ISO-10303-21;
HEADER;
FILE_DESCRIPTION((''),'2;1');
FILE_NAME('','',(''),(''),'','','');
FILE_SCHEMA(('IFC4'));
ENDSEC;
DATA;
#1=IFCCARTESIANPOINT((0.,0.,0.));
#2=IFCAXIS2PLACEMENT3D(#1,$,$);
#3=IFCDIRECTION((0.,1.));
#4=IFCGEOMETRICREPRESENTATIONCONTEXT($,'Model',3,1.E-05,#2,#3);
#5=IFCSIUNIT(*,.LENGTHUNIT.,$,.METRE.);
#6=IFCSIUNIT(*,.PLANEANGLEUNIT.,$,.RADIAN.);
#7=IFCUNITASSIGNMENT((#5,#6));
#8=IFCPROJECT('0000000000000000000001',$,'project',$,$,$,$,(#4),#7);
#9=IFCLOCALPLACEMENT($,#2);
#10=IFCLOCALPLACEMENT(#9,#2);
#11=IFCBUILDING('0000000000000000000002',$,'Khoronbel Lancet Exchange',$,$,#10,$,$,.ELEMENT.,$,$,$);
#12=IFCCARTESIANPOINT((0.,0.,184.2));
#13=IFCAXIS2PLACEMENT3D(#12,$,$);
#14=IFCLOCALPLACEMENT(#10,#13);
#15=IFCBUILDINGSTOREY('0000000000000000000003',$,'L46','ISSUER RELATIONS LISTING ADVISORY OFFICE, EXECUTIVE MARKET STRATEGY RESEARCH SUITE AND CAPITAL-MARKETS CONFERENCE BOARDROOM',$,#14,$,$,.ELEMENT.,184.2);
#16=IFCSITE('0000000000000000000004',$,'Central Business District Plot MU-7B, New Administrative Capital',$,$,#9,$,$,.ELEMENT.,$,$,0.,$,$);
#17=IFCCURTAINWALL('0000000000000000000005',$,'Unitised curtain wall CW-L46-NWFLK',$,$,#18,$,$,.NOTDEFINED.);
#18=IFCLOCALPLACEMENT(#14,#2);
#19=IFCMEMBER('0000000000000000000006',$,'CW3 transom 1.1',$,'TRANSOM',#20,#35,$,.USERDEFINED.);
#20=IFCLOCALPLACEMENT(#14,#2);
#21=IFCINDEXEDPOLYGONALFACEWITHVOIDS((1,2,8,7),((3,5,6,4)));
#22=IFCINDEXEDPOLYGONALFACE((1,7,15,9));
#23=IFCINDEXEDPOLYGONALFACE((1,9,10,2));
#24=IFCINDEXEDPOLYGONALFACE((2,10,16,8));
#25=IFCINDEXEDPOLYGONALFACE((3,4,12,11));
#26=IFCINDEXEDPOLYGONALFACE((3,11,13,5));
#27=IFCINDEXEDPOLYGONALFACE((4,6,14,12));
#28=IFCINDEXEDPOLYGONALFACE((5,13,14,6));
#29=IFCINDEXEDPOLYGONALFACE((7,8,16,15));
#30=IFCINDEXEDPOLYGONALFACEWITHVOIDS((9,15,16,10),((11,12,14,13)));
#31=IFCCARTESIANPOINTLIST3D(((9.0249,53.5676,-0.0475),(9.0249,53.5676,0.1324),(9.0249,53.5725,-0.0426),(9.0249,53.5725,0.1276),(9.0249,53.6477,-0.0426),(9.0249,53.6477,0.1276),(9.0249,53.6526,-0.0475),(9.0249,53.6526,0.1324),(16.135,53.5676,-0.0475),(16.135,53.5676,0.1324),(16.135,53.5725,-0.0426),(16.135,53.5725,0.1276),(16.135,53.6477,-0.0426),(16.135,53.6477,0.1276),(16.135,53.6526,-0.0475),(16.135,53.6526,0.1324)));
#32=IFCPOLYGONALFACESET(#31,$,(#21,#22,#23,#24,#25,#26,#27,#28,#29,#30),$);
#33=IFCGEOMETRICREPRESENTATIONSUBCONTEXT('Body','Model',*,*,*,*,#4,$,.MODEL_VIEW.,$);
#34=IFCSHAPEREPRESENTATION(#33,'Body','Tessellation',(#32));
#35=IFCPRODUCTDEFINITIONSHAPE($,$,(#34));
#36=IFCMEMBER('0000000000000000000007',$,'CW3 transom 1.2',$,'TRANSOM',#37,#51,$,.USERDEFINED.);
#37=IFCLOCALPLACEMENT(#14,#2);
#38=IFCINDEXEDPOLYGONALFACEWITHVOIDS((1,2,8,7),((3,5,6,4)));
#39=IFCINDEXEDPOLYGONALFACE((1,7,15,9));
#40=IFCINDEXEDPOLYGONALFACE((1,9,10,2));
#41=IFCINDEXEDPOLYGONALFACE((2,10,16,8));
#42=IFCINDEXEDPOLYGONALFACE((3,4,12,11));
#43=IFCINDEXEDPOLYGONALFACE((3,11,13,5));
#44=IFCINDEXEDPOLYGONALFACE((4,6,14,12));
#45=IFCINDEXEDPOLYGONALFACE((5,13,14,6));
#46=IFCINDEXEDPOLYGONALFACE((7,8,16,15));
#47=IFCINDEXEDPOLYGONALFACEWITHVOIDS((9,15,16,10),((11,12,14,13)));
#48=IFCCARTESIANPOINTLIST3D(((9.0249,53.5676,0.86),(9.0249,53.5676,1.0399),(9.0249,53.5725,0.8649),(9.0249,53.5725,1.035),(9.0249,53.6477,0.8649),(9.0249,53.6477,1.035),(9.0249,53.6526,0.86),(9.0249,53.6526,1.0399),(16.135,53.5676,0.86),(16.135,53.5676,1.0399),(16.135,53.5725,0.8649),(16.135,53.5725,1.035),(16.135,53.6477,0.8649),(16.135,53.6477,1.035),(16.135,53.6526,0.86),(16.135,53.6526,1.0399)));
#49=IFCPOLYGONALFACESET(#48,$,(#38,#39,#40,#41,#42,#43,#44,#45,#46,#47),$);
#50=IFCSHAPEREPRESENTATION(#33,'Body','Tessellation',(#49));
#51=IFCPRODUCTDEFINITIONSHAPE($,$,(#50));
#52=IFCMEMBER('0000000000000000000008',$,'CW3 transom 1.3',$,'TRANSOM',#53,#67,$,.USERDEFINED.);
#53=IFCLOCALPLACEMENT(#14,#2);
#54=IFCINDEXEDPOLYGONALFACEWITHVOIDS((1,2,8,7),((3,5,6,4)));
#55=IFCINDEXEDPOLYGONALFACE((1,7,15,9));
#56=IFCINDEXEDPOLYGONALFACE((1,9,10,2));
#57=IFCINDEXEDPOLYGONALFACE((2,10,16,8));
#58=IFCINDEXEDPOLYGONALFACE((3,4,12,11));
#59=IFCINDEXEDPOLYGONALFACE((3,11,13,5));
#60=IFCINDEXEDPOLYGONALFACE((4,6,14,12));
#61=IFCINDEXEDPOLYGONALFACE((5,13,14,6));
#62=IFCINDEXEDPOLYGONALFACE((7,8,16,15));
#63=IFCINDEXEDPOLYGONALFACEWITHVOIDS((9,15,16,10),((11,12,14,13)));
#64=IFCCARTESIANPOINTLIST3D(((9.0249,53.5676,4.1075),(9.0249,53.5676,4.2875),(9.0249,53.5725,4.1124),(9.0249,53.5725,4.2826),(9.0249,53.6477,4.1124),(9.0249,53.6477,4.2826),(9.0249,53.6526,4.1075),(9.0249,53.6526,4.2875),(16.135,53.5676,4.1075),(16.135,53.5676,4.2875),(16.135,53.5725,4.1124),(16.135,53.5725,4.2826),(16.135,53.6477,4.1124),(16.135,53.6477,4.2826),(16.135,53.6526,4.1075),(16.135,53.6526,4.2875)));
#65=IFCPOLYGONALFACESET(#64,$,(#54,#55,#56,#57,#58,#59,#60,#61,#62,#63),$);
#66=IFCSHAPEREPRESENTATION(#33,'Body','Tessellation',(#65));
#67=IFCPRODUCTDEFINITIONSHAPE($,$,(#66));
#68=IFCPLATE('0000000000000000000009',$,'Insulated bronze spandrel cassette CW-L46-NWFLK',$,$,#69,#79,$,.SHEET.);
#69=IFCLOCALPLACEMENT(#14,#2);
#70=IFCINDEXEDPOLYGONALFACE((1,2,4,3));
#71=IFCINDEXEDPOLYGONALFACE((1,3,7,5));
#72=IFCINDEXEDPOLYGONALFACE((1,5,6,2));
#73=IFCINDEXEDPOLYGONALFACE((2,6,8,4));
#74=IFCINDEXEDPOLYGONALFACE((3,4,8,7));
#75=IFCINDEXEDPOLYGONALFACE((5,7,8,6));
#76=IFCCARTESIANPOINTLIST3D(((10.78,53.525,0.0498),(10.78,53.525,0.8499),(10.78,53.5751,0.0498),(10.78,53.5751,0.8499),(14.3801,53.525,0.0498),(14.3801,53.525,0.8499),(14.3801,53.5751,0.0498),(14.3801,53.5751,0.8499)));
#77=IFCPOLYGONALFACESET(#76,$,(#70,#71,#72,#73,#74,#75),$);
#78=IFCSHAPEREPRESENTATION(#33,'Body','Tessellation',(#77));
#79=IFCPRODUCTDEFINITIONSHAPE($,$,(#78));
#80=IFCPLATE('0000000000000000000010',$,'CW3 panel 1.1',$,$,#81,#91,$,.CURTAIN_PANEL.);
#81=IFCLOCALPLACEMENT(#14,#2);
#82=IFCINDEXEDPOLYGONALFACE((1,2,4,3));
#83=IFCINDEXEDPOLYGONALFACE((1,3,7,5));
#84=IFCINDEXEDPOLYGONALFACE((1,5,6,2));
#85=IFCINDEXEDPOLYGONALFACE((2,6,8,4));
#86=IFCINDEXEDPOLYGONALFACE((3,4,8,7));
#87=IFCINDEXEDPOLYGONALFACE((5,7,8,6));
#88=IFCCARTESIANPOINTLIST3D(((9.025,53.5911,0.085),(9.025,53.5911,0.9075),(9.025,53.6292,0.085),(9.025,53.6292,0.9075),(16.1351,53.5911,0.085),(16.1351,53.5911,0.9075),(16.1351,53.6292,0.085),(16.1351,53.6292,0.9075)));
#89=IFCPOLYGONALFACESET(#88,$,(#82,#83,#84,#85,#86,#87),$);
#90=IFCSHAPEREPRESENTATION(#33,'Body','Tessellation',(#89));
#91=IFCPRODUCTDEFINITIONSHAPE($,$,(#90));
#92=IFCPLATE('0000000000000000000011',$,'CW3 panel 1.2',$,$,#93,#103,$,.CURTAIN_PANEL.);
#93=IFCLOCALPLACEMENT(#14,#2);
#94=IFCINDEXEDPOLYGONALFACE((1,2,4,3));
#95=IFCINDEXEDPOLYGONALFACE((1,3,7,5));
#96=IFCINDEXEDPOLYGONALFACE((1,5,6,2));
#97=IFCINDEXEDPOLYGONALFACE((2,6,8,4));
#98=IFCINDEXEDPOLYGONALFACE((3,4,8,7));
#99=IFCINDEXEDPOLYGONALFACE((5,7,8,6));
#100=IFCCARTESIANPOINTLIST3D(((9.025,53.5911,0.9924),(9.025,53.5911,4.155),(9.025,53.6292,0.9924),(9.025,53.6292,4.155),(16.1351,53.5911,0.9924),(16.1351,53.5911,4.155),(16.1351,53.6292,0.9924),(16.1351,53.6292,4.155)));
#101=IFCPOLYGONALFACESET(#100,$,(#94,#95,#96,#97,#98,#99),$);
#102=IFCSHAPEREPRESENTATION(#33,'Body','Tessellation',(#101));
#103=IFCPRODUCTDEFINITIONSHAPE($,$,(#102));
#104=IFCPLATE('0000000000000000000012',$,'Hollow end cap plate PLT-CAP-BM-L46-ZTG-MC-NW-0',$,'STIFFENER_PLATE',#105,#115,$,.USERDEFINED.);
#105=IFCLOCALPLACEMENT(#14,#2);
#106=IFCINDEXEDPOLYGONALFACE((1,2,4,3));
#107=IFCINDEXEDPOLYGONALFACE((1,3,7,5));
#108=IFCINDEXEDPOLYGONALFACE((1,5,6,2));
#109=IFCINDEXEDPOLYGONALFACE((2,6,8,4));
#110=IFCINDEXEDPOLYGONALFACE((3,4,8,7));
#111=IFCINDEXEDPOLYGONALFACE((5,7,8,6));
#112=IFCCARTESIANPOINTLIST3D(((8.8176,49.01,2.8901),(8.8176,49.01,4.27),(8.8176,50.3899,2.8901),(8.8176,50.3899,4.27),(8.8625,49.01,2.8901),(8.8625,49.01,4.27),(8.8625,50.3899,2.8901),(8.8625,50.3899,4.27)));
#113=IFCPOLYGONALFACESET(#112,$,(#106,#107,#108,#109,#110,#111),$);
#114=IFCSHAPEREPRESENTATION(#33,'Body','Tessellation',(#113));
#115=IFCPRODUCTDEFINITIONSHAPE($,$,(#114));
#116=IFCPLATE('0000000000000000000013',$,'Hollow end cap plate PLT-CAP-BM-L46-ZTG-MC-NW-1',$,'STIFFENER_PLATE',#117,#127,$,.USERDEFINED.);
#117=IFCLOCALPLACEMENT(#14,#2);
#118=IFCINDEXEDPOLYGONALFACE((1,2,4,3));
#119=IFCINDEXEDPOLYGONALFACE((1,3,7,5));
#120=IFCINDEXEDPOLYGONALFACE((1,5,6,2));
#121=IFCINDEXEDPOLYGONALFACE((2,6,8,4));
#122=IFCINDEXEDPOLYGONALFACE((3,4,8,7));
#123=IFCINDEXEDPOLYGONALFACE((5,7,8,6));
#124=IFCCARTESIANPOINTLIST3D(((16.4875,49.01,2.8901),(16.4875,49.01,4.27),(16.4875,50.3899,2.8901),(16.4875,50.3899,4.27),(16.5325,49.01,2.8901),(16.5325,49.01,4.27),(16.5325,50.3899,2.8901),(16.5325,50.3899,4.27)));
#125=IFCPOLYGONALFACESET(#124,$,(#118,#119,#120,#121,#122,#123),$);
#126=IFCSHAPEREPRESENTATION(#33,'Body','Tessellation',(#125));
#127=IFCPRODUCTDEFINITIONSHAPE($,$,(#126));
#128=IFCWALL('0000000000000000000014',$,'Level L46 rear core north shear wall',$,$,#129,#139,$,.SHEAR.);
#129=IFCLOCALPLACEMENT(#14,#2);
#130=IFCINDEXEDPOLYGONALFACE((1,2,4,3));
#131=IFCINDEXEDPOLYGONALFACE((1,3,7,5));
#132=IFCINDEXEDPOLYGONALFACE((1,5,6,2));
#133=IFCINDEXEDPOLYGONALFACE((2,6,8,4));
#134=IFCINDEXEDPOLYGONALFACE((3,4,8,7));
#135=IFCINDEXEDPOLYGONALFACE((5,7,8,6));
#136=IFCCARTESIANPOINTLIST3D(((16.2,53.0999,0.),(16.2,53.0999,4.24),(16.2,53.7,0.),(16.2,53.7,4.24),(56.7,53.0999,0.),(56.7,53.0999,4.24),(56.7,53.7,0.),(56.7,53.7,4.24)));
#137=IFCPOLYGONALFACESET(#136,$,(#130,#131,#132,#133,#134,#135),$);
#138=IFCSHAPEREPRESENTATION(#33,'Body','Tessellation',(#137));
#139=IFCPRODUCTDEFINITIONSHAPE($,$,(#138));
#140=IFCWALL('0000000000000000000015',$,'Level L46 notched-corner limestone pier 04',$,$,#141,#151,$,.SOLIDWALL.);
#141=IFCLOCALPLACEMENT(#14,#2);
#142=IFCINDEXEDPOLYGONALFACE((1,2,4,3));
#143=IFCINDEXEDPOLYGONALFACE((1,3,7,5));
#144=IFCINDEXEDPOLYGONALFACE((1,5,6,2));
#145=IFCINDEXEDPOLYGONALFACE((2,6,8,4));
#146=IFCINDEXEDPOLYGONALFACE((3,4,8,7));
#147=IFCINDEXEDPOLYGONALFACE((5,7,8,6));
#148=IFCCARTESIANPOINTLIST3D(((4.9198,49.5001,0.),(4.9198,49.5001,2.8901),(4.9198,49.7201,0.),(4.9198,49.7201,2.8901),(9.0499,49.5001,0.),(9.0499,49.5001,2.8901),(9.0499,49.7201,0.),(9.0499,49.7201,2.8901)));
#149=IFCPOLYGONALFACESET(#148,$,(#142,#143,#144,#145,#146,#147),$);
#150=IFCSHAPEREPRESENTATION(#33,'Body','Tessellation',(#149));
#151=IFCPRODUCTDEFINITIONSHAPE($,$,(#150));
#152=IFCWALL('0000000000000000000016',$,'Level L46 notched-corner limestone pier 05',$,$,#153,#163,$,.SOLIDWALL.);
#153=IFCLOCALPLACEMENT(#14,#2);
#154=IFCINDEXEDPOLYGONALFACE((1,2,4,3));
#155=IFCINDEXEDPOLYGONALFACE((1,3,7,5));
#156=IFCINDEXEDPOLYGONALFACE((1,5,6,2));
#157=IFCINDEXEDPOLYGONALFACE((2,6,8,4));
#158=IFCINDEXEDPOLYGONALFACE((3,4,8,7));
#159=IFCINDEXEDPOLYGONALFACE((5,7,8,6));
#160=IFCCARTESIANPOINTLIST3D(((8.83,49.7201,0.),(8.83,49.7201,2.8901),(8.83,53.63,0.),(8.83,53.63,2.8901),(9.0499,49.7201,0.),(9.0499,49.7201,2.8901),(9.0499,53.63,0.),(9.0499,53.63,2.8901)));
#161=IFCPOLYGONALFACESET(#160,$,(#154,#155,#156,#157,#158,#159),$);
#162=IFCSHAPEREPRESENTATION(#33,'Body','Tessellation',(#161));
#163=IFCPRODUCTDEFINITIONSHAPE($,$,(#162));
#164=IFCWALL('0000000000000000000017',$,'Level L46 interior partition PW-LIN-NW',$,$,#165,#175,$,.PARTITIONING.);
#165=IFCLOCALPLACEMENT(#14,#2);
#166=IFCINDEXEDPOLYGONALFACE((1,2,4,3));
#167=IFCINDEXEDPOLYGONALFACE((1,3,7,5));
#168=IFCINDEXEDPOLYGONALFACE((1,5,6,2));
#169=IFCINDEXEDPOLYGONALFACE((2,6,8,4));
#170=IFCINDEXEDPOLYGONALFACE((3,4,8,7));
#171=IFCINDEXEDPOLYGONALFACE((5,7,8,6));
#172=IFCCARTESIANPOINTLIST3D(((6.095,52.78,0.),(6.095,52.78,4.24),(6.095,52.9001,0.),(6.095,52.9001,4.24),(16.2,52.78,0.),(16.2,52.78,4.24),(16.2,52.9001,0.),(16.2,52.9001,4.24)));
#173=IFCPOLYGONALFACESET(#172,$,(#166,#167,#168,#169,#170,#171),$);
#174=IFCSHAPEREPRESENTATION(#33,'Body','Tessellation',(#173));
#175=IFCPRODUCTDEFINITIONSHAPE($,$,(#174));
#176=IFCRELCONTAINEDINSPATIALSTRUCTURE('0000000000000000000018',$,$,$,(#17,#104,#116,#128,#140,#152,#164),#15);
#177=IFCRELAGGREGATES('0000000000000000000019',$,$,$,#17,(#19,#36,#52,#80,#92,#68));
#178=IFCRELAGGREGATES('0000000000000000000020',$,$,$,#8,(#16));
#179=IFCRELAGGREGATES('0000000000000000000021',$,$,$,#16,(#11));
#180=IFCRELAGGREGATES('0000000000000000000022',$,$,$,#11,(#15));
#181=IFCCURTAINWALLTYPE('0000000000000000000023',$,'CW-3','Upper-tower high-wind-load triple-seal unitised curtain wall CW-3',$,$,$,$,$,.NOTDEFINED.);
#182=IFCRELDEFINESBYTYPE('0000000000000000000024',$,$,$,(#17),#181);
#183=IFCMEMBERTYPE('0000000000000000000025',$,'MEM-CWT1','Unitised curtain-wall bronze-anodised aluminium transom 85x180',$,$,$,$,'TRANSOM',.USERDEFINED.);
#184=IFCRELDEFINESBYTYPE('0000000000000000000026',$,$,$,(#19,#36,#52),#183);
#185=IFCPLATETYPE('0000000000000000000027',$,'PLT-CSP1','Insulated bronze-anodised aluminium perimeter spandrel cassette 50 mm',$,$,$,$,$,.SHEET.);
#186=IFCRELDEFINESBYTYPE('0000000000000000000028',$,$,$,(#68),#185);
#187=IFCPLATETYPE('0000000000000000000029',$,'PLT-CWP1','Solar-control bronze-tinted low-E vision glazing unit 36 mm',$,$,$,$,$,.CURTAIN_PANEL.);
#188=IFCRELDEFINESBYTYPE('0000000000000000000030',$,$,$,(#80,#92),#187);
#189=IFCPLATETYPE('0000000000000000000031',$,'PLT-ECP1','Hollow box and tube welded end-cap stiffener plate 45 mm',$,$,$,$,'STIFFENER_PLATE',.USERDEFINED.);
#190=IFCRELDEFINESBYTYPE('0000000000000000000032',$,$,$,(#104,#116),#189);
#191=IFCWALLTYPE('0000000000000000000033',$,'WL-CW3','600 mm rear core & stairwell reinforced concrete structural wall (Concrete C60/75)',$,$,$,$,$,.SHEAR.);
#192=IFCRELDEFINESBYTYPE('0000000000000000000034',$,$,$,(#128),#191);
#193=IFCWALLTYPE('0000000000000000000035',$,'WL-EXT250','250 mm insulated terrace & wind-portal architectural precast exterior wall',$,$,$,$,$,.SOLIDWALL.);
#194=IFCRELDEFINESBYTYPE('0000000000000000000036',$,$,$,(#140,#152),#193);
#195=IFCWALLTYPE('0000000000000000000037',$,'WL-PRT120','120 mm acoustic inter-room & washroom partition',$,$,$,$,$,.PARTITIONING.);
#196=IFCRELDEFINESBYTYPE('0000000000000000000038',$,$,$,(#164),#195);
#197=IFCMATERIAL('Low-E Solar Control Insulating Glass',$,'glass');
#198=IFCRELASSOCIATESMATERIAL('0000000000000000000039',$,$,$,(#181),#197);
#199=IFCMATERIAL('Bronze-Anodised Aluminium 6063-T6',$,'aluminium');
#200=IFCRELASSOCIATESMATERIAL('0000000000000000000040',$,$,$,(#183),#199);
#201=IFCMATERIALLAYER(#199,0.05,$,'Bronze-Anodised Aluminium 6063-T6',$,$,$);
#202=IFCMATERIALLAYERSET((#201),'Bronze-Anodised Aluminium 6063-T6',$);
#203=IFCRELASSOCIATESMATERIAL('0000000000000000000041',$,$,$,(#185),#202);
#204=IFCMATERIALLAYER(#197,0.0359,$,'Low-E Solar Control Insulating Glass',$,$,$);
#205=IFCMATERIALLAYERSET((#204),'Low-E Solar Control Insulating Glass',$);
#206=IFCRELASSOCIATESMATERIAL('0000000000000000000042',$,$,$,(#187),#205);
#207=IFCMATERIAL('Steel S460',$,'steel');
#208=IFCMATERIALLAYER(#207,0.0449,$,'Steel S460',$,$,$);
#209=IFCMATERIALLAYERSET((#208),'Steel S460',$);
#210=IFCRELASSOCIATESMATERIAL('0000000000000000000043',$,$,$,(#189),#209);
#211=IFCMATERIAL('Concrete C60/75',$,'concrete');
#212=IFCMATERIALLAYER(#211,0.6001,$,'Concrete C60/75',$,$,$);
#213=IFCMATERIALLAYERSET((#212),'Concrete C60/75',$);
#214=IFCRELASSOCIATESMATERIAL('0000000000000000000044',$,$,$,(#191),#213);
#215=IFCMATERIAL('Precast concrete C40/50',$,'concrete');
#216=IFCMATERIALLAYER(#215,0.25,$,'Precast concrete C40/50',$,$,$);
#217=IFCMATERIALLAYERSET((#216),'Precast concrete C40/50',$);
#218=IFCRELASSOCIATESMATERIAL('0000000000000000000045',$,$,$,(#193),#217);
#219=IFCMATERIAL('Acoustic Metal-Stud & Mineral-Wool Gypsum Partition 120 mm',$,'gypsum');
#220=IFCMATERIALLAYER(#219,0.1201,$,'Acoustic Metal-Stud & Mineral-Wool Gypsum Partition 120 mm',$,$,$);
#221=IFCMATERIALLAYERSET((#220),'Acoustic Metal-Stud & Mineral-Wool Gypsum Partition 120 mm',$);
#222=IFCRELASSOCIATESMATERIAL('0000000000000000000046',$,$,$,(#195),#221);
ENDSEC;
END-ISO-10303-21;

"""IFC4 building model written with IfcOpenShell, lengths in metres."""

from ifc_helpers import new_model, si_unit, direction, frame, frame_2d, origin, origin_2d, place, context, subcontext, project, spatial, rectangle, hollow_rectangle, extrude, material, layer, layer_set, material_profile, profile_set, type_object, element, aggregate, save


model = new_model("IFC4")

# Units and contexts
model_context = context("Model", 3, precision=1e-05, world=origin(), true_north=direction((0.0, 1.0)))
body_context = subcontext(model_context, "Body", "Model", "MODEL_VIEW")
ifc_project = project(units=[si_unit("LENGTHUNIT", "METRE"), si_unit("PLANEANGLEUNIT", "RADIAN")], contexts=[model_context])

# Site, building, storey
site_placement = place(None, origin())
site = spatial("IfcSite", under=ifc_project, at=site_placement, Name="Central Business District Plot MU-7B, New Administrative Capital", CompositionType="ELEMENT", RefElevation=0.0)
building_placement = place(site_placement, origin())
building = spatial("IfcBuilding", under=site, at=building_placement, Name="Khoronbel Lancet Exchange", CompositionType="ELEMENT")
storey_placement = place(building_placement, frame((0.0, 0.0, 184.2)))
storey = spatial("IfcBuildingStorey", under=building, at=storey_placement, Name="L46", Description="ISSUER RELATIONS LISTING ADVISORY OFFICE, EXECUTIVE MARKET STRATEGY RESEARCH SUITE AND CAPITAL-MARKETS CONFERENCE BOARDROOM", CompositionType="ELEMENT", Elevation=184.2)

# Shared definitions
ifc_material_1 = material(Name="Steel S460", Category="steel")

# Curtain wall, members, plates
ifc_material_2 = material(Name="Low-E Solar Control Insulating Glass", Category="glass")
curtain_wall_type = type_object("IfcCurtainWallType", Name="CW-3", Description="Upper-tower high-wind-load triple-seal unitised curtain wall CW-3", PredefinedType="NOTDEFINED", material=ifc_material_2)
curtain_wall_placement = place(storey_placement, origin())
curtain_wall = element("IfcCurtainWall", 1, at=curtain_wall_placement, inside=storey, type_object=curtain_wall_type, Name="Unitised curtain wall CW-L46-NWFLK", PredefinedType="NOTDEFINED")
ifc_material_3 = material(Name="Bronze-Anodised Aluminium 6063-T6", Category="aluminium")
ifc_material_profile_1 = material_profile(ifc_material_3, hollow_rectangle(XDim=0.085, YDim=0.1799, WallThickness=0.0049, at=origin_2d()), Name="ALU TRANSOM 85x180")
ifc_profile_set_1 = profile_set([ifc_material_profile_1], Name="Bronze-Anodised Aluminium 6063-T6")
member_type_1 = type_object("IfcMemberType", Name="MEM-CWT1", Description="Unitised curtain-wall bronze-anodised aluminium transom 85x180", ElementType="TRANSOM", PredefinedType="USERDEFINED", material=ifc_profile_set_1)
member_1_placement = place(storey_placement, frame((16.135, 53.6101, 0.0425), z_axis=(-1.0, 0.0, 0.0), x_axis=(0.0, -1.0, 0.0)))
member_1 = element("IfcMember", 2, at=member_1_placement, type_object=member_type_1, Name="CW3 transom 1.1", ObjectType="TRANSOM", PredefinedType="USERDEFINED", context=body_context, shape_type="SweptSolid", body=[
    extrude(hollow_rectangle(XDim=0.085, YDim=0.1799, WallThickness=0.0049, at=origin_2d()), origin(), (0.0, 0.0, 1.0), 7.1101),
])
member_2_placement = place(storey_placement, frame((16.135, 53.6101, 0.95), z_axis=(-1.0, 0.0, 0.0), x_axis=(0.0, -1.0, 0.0)))
member_2 = element("IfcMember", 3, at=member_2_placement, type_object=member_type_1, Name="CW3 transom 1.2", ObjectType="TRANSOM", PredefinedType="USERDEFINED", context=body_context, shape_type="SweptSolid", body=[
    extrude(hollow_rectangle(XDim=0.085, YDim=0.1799, WallThickness=0.0049, at=origin_2d()), origin(), (0.0, 0.0, 1.0), 7.1101),
])
member_3_placement = place(storey_placement, frame((16.135, 53.6101, 4.1975), z_axis=(-1.0, 0.0, 0.0), x_axis=(0.0, -1.0, 0.0)))
member_3 = element("IfcMember", 4, at=member_3_placement, type_object=member_type_1, Name="CW3 transom 1.3", ObjectType="TRANSOM", PredefinedType="USERDEFINED", context=body_context, shape_type="SweptSolid", body=[
    extrude(hollow_rectangle(XDim=0.085, YDim=0.1799, WallThickness=0.0049, at=origin_2d()), origin(), (0.0, 0.0, 1.0), 7.1101),
])
ifc_layer_1 = layer(ifc_material_3, 0.05, Name="Bronze-Anodised Aluminium 6063-T6")
ifc_layer_set_1 = layer_set([ifc_layer_1], Name="Bronze-Anodised Aluminium 6063-T6")
plate_type_1 = type_object("IfcPlateType", Name="PLT-CSP1", Description="Insulated bronze-anodised aluminium perimeter spandrel cassette 50 mm", PredefinedType="SHEET", material=ifc_layer_set_1)
plate_1_placement = place(storey_placement, frame((12.5801, 53.55, 0.0498), z_axis=(0.0, 0.0, 1.0), x_axis=(-1.0, 0.0, 0.0)))
plate_1 = element("IfcPlate", 5, at=plate_1_placement, type_object=plate_type_1, Name="Insulated bronze spandrel cassette CW-L46-NWFLK", PredefinedType="SHEET", context=body_context, shape_type="SweptSolid", body=[
    extrude(rectangle(XDim=3.6001, YDim=0.05, at=origin_2d()), origin(), (0.0, 0.0, 1.0), 0.8),
])
ifc_layer_2 = layer(ifc_material_2, 0.0359, Name="Low-E Solar Control Insulating Glass")
ifc_layer_set_2 = layer_set([ifc_layer_2], Name="Low-E Solar Control Insulating Glass")
plate_type_2 = type_object("IfcPlateType", Name="PLT-CWP1", Description="Solar-control bronze-tinted low-E vision glazing unit 36 mm", PredefinedType="CURTAIN_PANEL", material=ifc_layer_set_2)
plate_2_placement = place(storey_placement, frame((12.5801, 53.6101, 0.085), z_axis=(0.0, 0.0, 1.0), x_axis=(-1.0, 0.0, 0.0)))
plate_2 = element("IfcPlate", 6, at=plate_2_placement, type_object=plate_type_2, Name="CW3 panel 1.1", PredefinedType="CURTAIN_PANEL", context=body_context, shape_type="SweptSolid", body=[
    extrude(rectangle(XDim=7.1101, YDim=0.0381, at=origin_2d()), origin(), (0.0, 0.0, 1.0), 0.8225),
])
plate_3_placement = place(storey_placement, frame((12.5801, 53.6101, 0.9924), z_axis=(0.0, 0.0, 1.0), x_axis=(-1.0, 0.0, 0.0)))
plate_3 = element("IfcPlate", 7, at=plate_3_placement, type_object=plate_type_2, Name="CW3 panel 1.2", PredefinedType="CURTAIN_PANEL", context=body_context, shape_type="SweptSolid", body=[
    extrude(rectangle(XDim=7.1101, YDim=0.0381, at=origin_2d()), origin(), (0.0, 0.0, 1.0), 3.1626),
])
aggregate(curtain_wall, [member_1, member_2, member_3, plate_2, plate_3, plate_1])

# Plates
ifc_layer_3 = layer(ifc_material_1, 0.0449, Name="Steel S460")
ifc_layer_set_3 = layer_set([ifc_layer_3], Name="Steel S460")
plate_type_3 = type_object("IfcPlateType", Name="PLT-ECP1", Description="Hollow box and tube welded end-cap stiffener plate 45 mm", ElementType="STIFFENER_PLATE", PredefinedType="USERDEFINED", material=ifc_layer_set_3)
for number, where, z_axis, x_axis, name in (
    (8, (8.8401, 49.7, 2.8901), (0.0, 0.0, 1.0), (-1.0, 0.0, 0.0), "Hollow end cap plate PLT-CAP-BM-L46-ZTG-MC-NW-0"),
    (9, (16.51, 49.7, 2.8901), (0.0, 0.0, 1.0), (1.0, 0.0, 0.0), "Hollow end cap plate PLT-CAP-BM-L46-ZTG-MC-NW-1"),
):
    element("IfcPlate", number, at=place(storey_placement, frame(where, z_axis=z_axis, x_axis=x_axis)), inside=storey, type_object=plate_type_3, Name=name, ObjectType="STIFFENER_PLATE", PredefinedType="USERDEFINED", context=body_context, shape_type="SweptSolid", body=[
        extrude(rectangle(XDim=0.0449, YDim=1.3799, at=origin_2d()), origin(), (0.0, 0.0, 1.0), 1.3799),
    ])

# Walls
ifc_material_4 = material(Name="Concrete C60/75", Category="concrete")
ifc_layer_4 = layer(ifc_material_4, 0.6001, Name="Concrete C60/75")
ifc_layer_set_4 = layer_set([ifc_layer_4], Name="Concrete C60/75")
wall_type_1 = type_object("IfcWallType", Name="WL-CW3", Description="600 mm rear core & stairwell reinforced concrete structural wall (Concrete C60/75)", PredefinedType="SHEAR", material=ifc_layer_set_4)
wall_1_placement = place(storey_placement, frame((16.2, 53.3999, 0.0), z_axis=(0.0, 0.0, 1.0), x_axis=(1.0, 0.0, 0.0)))
element("IfcWall", 10, at=wall_1_placement, inside=storey, type_object=wall_type_1, Name="Level L46 rear core north shear wall", PredefinedType="SHEAR", context=body_context, shape_type="SweptSolid", body=[
    extrude(rectangle(XDim=40.5, YDim=0.6001, at=frame_2d((20.25, 0.0))), origin(), (0.0, 0.0, 1.0), 4.24),
])
ifc_material_5 = material(Name="Precast concrete C40/50", Category="concrete")
ifc_layer_5 = layer(ifc_material_5, 0.25, Name="Precast concrete C40/50")
ifc_layer_set_5 = layer_set([ifc_layer_5], Name="Precast concrete C40/50")
wall_type_2 = type_object("IfcWallType", Name="WL-EXT250", Description="250 mm insulated terrace & wind-portal architectural precast exterior wall", PredefinedType="SOLIDWALL", material=ifc_layer_set_5)
wall_2_placement = place(storey_placement, frame((4.9199, 49.6101, 0.0), z_axis=(0.0, 0.0, 1.0), x_axis=(1.0, 0.0, 0.0)))
element("IfcWall", 11, at=wall_2_placement, inside=storey, type_object=wall_type_2, Name="Level L46 notched-corner limestone pier 04", PredefinedType="SOLIDWALL", context=body_context, shape_type="SweptSolid", body=[
    extrude(rectangle(XDim=4.1301, YDim=0.22, at=frame_2d((2.0649, 0.0))), origin(), (0.0, 0.0, 1.0), 2.8901),
])
wall_3_placement = place(storey_placement, frame((8.9399, 49.72, 0.0), z_axis=(0.0, 0.0, 1.0), x_axis=(0.0, 1.0, 0.0)))
element("IfcWall", 12, at=wall_3_placement, inside=storey, type_object=wall_type_2, Name="Level L46 notched-corner limestone pier 05", PredefinedType="SOLIDWALL", context=body_context, shape_type="SweptSolid", body=[
    extrude(rectangle(XDim=3.9099, YDim=0.22, at=frame_2d((1.9551, 0.0))), origin(), (0.0, 0.0, 1.0), 2.8901),
])
ifc_material_6 = material(Name="Acoustic Metal-Stud & Mineral-Wool Gypsum Partition 120 mm", Category="gypsum")
ifc_layer_6 = layer(ifc_material_6, 0.1201, Name="Acoustic Metal-Stud & Mineral-Wool Gypsum Partition 120 mm")
ifc_layer_set_6 = layer_set([ifc_layer_6], Name="Acoustic Metal-Stud & Mineral-Wool Gypsum Partition 120 mm")
wall_type_3 = type_object("IfcWallType", Name="WL-PRT120", Description="120 mm acoustic inter-room & washroom partition", PredefinedType="PARTITIONING", material=ifc_layer_set_6)
wall_4_placement = place(storey_placement, frame((6.095, 52.8401, 0.0), z_axis=(0.0, 0.0, 1.0), x_axis=(1.0, 0.0, 0.0)))
element("IfcWall", 13, at=wall_4_placement, inside=storey, type_object=wall_type_3, Name="Level L46 interior partition PW-LIN-NW", PredefinedType="PARTITIONING", context=body_context, shape_type="SweptSolid", body=[
    extrude(rectangle(XDim=10.105, YDim=0.1201, at=frame_2d((5.0525, 0.0))), origin(), (0.0, 0.0, 1.0), 4.24),
])

save(model, "model.ifc")
